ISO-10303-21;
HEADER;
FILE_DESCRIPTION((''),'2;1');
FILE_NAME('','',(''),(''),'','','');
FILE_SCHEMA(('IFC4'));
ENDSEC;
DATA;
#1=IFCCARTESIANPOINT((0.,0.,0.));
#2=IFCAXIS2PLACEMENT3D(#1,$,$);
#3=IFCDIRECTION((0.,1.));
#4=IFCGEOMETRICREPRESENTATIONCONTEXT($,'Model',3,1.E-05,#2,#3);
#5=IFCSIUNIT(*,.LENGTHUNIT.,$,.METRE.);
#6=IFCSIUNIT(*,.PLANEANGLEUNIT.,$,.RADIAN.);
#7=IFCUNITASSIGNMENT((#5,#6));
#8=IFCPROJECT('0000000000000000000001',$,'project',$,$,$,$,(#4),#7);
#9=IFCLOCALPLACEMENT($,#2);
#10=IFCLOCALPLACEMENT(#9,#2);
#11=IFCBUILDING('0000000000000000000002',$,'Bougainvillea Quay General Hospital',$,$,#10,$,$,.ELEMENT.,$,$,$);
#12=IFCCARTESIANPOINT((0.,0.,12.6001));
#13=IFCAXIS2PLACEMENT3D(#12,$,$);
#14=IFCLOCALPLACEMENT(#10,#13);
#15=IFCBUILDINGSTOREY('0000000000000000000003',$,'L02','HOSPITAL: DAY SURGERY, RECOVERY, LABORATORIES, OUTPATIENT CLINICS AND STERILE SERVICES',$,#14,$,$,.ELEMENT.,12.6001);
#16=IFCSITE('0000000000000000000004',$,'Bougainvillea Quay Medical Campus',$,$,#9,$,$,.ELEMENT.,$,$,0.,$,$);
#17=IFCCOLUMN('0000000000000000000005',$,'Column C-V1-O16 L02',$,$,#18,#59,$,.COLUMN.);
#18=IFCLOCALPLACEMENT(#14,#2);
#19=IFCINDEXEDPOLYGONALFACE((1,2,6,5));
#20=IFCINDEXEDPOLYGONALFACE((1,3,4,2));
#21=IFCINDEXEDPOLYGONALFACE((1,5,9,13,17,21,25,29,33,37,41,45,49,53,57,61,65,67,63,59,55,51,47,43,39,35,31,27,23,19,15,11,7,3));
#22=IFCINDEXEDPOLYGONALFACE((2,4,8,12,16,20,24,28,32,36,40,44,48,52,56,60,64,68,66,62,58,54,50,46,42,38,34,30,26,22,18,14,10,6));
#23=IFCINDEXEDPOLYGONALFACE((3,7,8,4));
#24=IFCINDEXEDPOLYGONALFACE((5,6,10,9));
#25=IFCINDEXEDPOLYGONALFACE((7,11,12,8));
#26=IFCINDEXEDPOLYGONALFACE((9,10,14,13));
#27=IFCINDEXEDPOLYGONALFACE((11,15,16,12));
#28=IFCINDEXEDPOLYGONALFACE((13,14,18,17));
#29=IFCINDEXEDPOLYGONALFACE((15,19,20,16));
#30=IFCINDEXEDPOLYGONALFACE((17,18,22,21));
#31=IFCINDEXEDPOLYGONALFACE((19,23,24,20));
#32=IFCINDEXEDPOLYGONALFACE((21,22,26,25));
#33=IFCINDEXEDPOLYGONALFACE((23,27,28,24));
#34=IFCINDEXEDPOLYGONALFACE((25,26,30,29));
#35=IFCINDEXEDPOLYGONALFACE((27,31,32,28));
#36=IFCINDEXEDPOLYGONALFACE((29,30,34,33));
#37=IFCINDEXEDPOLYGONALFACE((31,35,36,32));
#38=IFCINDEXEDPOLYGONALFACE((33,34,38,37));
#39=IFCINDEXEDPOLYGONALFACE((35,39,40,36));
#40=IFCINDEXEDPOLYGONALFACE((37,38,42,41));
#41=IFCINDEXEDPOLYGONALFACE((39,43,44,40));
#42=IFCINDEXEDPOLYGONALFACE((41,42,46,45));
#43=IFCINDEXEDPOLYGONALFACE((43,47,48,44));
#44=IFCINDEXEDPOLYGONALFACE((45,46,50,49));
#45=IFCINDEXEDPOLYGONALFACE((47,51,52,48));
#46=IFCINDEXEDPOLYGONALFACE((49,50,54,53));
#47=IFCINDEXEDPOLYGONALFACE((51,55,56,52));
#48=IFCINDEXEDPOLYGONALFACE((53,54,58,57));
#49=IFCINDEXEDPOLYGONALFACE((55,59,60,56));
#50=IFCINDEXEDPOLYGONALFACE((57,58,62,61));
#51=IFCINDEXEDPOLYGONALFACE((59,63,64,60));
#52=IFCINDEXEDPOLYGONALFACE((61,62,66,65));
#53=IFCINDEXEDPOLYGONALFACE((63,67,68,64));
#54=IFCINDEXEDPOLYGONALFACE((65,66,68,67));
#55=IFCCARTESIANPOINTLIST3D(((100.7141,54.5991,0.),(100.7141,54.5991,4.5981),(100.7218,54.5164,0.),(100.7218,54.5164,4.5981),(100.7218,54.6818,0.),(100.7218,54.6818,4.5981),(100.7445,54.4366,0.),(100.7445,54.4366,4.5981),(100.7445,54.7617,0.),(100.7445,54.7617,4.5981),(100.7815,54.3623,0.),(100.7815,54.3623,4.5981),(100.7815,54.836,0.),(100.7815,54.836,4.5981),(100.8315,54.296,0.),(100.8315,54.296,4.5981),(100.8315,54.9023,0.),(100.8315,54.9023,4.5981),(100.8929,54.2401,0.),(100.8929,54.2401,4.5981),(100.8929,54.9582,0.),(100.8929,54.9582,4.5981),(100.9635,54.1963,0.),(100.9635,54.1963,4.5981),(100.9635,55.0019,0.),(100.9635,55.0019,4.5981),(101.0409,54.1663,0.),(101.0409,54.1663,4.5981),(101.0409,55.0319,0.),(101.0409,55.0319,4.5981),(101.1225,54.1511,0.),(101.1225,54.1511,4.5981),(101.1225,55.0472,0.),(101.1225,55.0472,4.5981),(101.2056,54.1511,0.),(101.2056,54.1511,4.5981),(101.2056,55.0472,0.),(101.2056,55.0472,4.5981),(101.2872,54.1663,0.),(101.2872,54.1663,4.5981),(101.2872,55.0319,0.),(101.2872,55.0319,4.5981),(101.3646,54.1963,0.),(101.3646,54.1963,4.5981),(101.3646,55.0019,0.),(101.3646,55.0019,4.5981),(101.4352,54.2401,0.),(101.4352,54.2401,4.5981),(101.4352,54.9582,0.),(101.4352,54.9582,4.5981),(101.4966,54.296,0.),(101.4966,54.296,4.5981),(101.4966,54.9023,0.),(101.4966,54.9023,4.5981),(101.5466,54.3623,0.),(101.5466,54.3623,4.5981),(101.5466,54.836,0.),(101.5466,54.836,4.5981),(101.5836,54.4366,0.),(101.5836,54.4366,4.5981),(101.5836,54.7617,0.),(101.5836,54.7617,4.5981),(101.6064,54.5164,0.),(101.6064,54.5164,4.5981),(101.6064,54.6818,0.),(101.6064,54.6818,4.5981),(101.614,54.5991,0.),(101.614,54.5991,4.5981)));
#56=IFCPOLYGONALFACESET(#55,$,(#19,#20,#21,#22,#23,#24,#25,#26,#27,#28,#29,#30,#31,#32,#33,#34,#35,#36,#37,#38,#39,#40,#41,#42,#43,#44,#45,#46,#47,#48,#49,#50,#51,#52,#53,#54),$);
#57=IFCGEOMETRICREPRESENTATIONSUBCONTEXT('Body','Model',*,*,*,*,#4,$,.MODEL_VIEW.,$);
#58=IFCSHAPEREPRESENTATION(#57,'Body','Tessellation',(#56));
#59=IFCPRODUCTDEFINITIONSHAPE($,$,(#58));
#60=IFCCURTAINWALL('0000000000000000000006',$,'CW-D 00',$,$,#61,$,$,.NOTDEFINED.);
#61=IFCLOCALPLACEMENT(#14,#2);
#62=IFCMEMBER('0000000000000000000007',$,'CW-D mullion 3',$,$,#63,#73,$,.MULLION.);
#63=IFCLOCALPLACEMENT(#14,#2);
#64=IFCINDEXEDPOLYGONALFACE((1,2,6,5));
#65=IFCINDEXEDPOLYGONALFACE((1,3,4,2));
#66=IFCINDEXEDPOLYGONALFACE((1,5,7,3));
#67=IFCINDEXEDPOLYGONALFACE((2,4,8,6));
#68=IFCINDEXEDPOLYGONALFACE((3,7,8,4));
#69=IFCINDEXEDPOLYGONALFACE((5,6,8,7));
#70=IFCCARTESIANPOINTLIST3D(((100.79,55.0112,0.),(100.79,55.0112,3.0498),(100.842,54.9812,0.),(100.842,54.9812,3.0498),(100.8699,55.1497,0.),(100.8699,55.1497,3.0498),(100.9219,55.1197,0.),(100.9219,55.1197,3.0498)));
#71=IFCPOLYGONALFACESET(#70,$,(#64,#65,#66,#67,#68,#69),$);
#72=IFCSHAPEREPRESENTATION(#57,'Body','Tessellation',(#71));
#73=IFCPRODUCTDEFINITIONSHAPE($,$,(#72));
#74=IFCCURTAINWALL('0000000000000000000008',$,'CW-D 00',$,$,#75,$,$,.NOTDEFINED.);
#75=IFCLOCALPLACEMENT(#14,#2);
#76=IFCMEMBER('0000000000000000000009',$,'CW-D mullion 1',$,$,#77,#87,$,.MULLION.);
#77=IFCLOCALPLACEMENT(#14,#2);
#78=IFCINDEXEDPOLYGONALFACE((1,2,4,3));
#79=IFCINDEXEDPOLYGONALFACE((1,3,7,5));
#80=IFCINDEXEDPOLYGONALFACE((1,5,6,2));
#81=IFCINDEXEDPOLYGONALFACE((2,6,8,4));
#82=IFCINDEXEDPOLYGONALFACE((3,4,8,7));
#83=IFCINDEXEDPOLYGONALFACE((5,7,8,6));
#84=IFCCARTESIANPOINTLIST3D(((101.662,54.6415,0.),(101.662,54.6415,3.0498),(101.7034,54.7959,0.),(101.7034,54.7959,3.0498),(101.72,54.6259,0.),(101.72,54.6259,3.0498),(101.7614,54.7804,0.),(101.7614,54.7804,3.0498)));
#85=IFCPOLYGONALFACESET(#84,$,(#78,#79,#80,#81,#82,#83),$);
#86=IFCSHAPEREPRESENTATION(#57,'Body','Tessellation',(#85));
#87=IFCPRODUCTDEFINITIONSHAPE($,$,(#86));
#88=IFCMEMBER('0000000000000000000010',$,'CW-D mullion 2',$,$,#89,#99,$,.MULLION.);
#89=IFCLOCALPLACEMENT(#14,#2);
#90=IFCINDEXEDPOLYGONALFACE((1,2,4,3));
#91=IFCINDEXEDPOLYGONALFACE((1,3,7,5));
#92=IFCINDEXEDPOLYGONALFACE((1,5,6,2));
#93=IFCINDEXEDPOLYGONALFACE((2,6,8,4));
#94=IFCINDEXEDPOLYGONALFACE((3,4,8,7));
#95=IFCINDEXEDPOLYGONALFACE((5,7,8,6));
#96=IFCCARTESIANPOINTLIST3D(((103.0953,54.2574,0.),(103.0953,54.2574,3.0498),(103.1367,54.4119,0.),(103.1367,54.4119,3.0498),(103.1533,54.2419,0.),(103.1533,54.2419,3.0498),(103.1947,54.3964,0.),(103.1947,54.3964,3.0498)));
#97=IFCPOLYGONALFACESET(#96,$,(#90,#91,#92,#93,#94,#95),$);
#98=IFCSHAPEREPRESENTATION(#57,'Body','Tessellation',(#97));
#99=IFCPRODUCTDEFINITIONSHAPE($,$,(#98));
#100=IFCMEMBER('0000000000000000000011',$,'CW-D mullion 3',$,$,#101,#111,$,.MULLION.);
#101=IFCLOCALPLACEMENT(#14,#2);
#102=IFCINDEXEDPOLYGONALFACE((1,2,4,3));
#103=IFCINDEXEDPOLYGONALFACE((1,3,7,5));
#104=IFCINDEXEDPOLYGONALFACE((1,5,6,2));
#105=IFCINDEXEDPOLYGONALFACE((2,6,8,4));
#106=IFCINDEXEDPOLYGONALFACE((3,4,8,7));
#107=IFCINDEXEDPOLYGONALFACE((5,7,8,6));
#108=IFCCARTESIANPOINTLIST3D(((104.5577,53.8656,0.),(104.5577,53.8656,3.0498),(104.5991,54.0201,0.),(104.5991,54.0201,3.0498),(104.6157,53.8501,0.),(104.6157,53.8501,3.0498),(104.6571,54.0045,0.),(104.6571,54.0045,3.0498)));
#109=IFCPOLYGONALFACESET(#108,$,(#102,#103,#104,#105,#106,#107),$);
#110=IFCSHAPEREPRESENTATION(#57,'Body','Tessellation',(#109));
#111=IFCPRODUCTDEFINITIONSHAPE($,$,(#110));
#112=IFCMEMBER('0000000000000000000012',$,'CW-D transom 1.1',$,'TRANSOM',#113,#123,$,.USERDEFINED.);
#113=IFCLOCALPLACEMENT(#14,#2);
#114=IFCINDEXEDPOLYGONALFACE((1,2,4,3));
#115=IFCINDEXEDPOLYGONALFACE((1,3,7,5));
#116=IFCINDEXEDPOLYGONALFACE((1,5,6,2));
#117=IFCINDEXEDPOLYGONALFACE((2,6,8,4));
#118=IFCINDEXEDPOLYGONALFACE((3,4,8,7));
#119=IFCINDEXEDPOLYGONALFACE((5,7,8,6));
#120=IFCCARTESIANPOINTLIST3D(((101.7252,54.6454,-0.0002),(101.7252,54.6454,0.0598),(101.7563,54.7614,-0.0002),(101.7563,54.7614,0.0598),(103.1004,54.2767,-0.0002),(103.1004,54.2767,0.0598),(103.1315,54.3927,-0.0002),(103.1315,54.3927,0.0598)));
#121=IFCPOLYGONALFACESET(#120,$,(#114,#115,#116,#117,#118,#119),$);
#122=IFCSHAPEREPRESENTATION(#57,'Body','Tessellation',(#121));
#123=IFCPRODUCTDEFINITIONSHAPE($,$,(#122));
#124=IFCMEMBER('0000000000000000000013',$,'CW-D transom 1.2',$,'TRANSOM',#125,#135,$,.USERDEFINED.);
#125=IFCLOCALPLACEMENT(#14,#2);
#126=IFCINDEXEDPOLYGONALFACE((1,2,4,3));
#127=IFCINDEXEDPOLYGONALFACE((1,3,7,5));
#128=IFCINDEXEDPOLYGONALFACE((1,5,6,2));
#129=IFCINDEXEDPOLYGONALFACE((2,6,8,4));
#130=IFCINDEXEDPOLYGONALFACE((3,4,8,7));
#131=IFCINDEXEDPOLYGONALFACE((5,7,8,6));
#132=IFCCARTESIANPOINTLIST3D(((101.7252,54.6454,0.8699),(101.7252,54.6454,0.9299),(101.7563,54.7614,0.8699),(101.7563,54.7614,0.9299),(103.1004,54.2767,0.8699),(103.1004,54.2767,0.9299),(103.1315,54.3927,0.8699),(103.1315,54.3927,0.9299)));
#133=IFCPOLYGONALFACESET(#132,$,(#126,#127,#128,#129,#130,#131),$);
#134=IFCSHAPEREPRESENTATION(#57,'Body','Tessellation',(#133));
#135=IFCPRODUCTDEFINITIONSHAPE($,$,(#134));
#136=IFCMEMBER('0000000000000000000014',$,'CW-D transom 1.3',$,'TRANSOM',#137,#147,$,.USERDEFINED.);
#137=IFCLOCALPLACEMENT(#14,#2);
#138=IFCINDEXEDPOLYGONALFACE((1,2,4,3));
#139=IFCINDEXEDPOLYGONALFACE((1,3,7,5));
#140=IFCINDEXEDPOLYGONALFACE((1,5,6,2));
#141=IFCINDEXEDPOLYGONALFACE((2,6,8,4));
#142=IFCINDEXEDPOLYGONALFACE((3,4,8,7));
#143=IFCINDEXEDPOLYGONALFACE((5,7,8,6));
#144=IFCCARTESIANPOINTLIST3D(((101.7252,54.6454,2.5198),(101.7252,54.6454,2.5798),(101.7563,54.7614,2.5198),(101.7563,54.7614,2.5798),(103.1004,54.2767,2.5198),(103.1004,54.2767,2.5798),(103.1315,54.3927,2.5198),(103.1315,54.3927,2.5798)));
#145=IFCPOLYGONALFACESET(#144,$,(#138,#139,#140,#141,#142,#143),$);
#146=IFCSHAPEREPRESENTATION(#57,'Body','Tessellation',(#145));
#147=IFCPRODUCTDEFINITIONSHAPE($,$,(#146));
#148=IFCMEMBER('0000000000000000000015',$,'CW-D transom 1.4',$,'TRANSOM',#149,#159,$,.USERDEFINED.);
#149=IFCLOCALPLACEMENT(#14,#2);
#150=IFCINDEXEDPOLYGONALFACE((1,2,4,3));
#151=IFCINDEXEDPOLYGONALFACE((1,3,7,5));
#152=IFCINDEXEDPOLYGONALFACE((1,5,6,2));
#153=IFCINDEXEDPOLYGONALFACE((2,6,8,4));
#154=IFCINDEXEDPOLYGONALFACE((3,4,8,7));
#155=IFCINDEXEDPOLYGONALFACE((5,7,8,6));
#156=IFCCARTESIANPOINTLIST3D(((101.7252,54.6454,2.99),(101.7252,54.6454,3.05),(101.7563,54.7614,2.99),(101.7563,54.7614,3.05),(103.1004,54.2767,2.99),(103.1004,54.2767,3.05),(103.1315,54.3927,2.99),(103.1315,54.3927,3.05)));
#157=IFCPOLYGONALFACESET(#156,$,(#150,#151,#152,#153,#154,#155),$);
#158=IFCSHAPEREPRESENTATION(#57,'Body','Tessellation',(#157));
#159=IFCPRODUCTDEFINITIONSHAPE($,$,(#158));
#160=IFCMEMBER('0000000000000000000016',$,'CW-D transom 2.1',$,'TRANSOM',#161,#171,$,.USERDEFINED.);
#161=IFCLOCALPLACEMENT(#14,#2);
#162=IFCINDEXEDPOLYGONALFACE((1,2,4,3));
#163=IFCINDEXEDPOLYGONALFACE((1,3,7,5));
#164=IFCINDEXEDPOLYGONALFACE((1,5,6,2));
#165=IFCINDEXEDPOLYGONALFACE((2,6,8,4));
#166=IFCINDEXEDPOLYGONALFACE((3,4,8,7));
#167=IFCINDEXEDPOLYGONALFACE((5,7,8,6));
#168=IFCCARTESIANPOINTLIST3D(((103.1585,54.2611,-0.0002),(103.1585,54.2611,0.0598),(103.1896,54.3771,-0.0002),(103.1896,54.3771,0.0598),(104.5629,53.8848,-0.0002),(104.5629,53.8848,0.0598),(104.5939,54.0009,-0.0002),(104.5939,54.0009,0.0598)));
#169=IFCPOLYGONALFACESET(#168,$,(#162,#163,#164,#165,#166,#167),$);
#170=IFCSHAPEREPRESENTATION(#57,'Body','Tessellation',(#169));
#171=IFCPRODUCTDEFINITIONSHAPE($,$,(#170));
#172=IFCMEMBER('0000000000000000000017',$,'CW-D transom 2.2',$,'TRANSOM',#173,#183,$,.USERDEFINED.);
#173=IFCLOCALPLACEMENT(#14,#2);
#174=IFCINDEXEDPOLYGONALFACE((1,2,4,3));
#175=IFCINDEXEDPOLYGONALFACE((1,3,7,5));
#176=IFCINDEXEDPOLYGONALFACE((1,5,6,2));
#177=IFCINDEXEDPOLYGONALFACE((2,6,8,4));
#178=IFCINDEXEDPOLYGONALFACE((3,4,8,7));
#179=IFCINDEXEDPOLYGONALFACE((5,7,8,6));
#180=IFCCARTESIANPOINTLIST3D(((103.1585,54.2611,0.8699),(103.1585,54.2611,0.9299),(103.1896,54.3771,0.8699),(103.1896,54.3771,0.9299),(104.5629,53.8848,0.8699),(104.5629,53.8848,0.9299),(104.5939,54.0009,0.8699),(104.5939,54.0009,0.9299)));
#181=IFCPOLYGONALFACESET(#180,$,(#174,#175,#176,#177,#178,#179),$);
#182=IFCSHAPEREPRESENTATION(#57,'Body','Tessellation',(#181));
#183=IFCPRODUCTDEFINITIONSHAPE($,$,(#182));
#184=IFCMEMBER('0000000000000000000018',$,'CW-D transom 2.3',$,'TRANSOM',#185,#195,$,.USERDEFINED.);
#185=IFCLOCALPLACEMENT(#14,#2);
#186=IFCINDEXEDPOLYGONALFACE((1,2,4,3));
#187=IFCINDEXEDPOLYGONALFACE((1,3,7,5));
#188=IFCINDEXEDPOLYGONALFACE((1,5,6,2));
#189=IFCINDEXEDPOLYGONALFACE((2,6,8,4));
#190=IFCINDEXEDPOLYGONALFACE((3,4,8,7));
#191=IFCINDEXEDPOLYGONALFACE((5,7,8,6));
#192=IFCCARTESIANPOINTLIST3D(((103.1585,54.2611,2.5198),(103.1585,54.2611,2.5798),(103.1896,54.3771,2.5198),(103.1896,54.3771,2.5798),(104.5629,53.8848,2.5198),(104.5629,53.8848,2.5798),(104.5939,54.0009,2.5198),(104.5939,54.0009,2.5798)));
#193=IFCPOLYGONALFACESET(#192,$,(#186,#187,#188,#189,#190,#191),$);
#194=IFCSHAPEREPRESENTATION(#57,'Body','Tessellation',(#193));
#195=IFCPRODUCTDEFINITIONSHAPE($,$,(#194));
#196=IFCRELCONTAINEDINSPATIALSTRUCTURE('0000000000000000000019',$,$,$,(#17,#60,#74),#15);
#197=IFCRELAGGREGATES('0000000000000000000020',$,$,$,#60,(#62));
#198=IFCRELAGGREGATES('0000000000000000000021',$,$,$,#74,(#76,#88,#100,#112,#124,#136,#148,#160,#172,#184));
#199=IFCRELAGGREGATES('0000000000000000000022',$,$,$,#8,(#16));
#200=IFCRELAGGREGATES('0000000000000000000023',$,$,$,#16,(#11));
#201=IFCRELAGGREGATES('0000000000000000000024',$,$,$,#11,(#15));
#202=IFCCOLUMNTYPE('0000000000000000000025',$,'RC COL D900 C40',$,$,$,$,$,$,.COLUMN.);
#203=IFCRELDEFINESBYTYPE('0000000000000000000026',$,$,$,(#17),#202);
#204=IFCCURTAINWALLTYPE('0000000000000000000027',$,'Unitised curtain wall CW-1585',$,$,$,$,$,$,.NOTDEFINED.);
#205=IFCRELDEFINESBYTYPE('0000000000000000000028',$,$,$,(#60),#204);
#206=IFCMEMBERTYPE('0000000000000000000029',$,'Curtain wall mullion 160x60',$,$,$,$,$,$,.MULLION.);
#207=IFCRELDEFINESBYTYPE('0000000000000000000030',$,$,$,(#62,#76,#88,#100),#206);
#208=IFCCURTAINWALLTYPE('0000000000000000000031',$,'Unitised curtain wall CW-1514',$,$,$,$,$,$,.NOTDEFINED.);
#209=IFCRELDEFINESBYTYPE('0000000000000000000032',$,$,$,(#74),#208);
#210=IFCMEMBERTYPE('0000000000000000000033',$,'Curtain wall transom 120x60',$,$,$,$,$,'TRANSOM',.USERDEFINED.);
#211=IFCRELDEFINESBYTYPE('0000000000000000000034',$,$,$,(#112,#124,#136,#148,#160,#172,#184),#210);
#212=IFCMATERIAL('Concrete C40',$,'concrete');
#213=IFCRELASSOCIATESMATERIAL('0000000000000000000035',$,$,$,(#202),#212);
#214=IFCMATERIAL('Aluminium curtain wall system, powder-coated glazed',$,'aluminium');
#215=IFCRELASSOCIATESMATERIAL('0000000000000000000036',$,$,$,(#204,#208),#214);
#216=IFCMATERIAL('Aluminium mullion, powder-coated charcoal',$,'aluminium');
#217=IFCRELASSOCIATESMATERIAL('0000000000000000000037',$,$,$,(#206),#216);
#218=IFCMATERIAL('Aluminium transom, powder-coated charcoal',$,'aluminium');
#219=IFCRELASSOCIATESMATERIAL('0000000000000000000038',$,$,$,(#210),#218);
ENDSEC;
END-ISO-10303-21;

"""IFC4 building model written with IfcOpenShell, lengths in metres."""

from ifc_helpers import new_model, si_unit, direction, frame, origin, origin_2d, place, context, subcontext, project, spatial, rectangle, circle, extrude, material, material_profile, profile_set, type_object, element, aggregate, save


model = new_model("IFC4")

# Units and contexts
model_context = context("Model", 3, precision=1e-05, world=origin(), true_north=direction((0.0, 1.0)))
body_context = subcontext(model_context, "Body", "Model", "MODEL_VIEW")
ifc_project = project(units=[si_unit("LENGTHUNIT", "METRE"), si_unit("PLANEANGLEUNIT", "RADIAN")], contexts=[model_context])

# Site, building, storey
site_placement = place(None, origin())
site = spatial("IfcSite", under=ifc_project, at=site_placement, Name="Bougainvillea Quay Medical Campus", CompositionType="ELEMENT", RefElevation=0.0)
building_placement = place(site_placement, origin())
building = spatial("IfcBuilding", under=site, at=building_placement, Name="Bougainvillea Quay General Hospital", CompositionType="ELEMENT")
storey_placement = place(building_placement, frame((0.0, 0.0, 12.6001)))
storey = spatial("IfcBuildingStorey", under=building, at=storey_placement, Name="L02", Description="HOSPITAL: DAY SURGERY, RECOVERY, LABORATORIES, OUTPATIENT CLINICS AND STERILE SERVICES", CompositionType="ELEMENT", Elevation=12.6001)

# Column
ifc_material_1 = material(Name="Concrete C40", Category="concrete")
ifc_material_profile_1 = material_profile(ifc_material_1, circle(Radius=0.45, at=origin_2d()))
ifc_profile_set_1 = profile_set([ifc_material_profile_1], Name="Concrete C40")
column_type = type_object("IfcColumnType", Name="RC COL D900 C40", PredefinedType="COLUMN", material=ifc_profile_set_1)
column_placement = place(storey_placement, frame((101.1641, 54.5991, 0.0), z_axis=(0.0, 0.0, 1.0), x_axis=(1.0, 0.0, 0.0)))
element("IfcColumn", 1, at=column_placement, inside=storey, type_object=column_type, Name="Column C-V1-O16 L02", PredefinedType="COLUMN", context=body_context, shape_type="SweptSolid", body=[
    extrude(circle(Radius=0.45, at=origin_2d()), origin(), (0.0, 0.0, 1.0), 4.5981),
])

# Curtain wall, member
ifc_material_2 = material(Name="Aluminium curtain wall system, powder-coated glazed", Category="aluminium")
curtain_wall_type_1 = type_object("IfcCurtainWallType", Name="Unitised curtain wall CW-1585", PredefinedType="NOTDEFINED", material=ifc_material_2)
curtain_wall_1_placement = place(storey_placement, origin())
curtain_wall_1 = element("IfcCurtainWall", 2, at=curtain_wall_1_placement, inside=storey, type_object=curtain_wall_type_1, Name="CW-D 00", PredefinedType="NOTDEFINED")
ifc_material_3 = material(Name="Aluminium mullion, powder-coated charcoal", Category="aluminium")
ifc_material_profile_2 = material_profile(ifc_material_3, rectangle(XDim=0.1599, YDim=0.0601, at=origin_2d()))
ifc_profile_set_2 = profile_set([ifc_material_profile_2], Name="Aluminium mullion, powder-coated charcoal")
member_type_1 = type_object("IfcMemberType", Name="Curtain wall mullion 160x60", PredefinedType="MULLION", material=ifc_profile_set_2)
member_1_placement = place(storey_placement, frame((100.856, 55.0654, 0.0), z_axis=(0.0, 0.0, 1.0), x_axis=(0.499965, 0.866046, 0.0)))
member_1 = element("IfcMember", 3, at=member_1_placement, type_object=member_type_1, Name="CW-D mullion 3", PredefinedType="MULLION", context=body_context, shape_type="SweptSolid", body=[
    extrude(rectangle(XDim=0.1599, YDim=0.0601, at=origin_2d()), origin(), (0.0, 0.0, 1.0), 3.0498),
])

# Curtain wall, members
curtain_wall_type_2 = type_object("IfcCurtainWallType", Name="Unitised curtain wall CW-1514", PredefinedType="NOTDEFINED", material=ifc_material_2)
curtain_wall_2_placement = place(storey_placement, origin())
curtain_wall_2 = element("IfcCurtainWall", 4, at=curtain_wall_2_placement, inside=storey, type_object=curtain_wall_type_2, Name="CW-D 00", PredefinedType="NOTDEFINED")
member_2_placement = place(storey_placement, frame((101.7117, 54.7109, 0.0), z_axis=(0.0, 0.0, 1.0), x_axis=(0.258855, 0.965916, 0.0)))
member_2 = element("IfcMember", 5, at=member_2_placement, type_object=member_type_1, Name="CW-D mullion 1", PredefinedType="MULLION", context=body_context, shape_type="SweptSolid", body=[
    extrude(rectangle(XDim=0.1599, YDim=0.0601, at=origin_2d()), origin(), (0.0, 0.0, 1.0), 3.0498),
])
member_3_placement = place(storey_placement, frame((103.145, 54.3269, 0.0), z_axis=(0.0, 0.0, 1.0), x_axis=(0.258855, 0.965916, 0.0)))
member_3 = element("IfcMember", 6, at=member_3_placement, type_object=member_type_1, Name="CW-D mullion 2", PredefinedType="MULLION", context=body_context, shape_type="SweptSolid", body=[
    extrude(rectangle(XDim=0.1599, YDim=0.0601, at=origin_2d()), origin(), (0.0, 0.0, 1.0), 3.0498),
])
member_4_placement = place(storey_placement, frame((104.6074, 53.9351, 0.0), z_axis=(0.0, 0.0, 1.0), x_axis=(0.258855, 0.965916, 0.0)))
member_4 = element("IfcMember", 7, at=member_4_placement, type_object=member_type_1, Name="CW-D mullion 3", PredefinedType="MULLION", context=body_context, shape_type="SweptSolid", body=[
    extrude(rectangle(XDim=0.1599, YDim=0.0601, at=origin_2d()), origin(), (0.0, 0.0, 1.0), 3.0498),
])
ifc_material_4 = material(Name="Aluminium transom, powder-coated charcoal", Category="aluminium")
ifc_material_profile_3 = material_profile(ifc_material_4, rectangle(XDim=0.1201, YDim=0.0601, at=origin_2d()))
ifc_profile_set_3 = profile_set([ifc_material_profile_3], Name="Aluminium transom, powder-coated charcoal")
member_type_2 = type_object("IfcMemberType", Name="Curtain wall transom 120x60", ElementType="TRANSOM", PredefinedType="USERDEFINED", material=ifc_profile_set_3)
member_5_placement = place(storey_placement, frame((101.7407, 54.7034, 0.0298), z_axis=(0.965898, -0.258922, 0.0), x_axis=(0.258922, 0.965898, 0.0)))
member_5 = element("IfcMember", 8, at=member_5_placement, type_object=member_type_2, Name="CW-D transom 1.1", ObjectType="TRANSOM", PredefinedType="USERDEFINED", context=body_context, shape_type="SweptSolid", body=[
    extrude(rectangle(XDim=0.1201, YDim=0.0601, at=origin_2d()), origin(), (0.0, 0.0, 1.0), 1.4238),
])
member_6_placement = place(storey_placement, frame((101.7407, 54.7034, 0.8999), z_axis=(0.965898, -0.258922, 0.0), x_axis=(0.258922, 0.965898, 0.0)))
member_6 = element("IfcMember", 9, at=member_6_placement, type_object=member_type_2, Name="CW-D transom 1.2", ObjectType="TRANSOM", PredefinedType="USERDEFINED", context=body_context, shape_type="SweptSolid", body=[
    extrude(rectangle(XDim=0.1201, YDim=0.0601, at=origin_2d()), origin(), (0.0, 0.0, 1.0), 1.4238),
])
member_7_placement = place(storey_placement, frame((101.7407, 54.7034, 2.5498), z_axis=(0.965898, -0.258922, 0.0), x_axis=(0.258922, 0.965898, 0.0)))
member_7 = element("IfcMember", 10, at=member_7_placement, type_object=member_type_2, Name="CW-D transom 1.3", ObjectType="TRANSOM", PredefinedType="USERDEFINED", context=body_context, shape_type="SweptSolid", body=[
    extrude(rectangle(XDim=0.1201, YDim=0.0601, at=origin_2d()), origin(), (0.0, 0.0, 1.0), 1.4238),
])
member_8_placement = place(storey_placement, frame((101.7407, 54.7034, 3.02), z_axis=(0.965898, -0.258922, 0.0), x_axis=(0.258922, 0.965898, 0.0)))
member_8 = element("IfcMember", 11, at=member_8_placement, type_object=member_type_2, Name="CW-D transom 1.4", ObjectType="TRANSOM", PredefinedType="USERDEFINED", context=body_context, shape_type="SweptSolid", body=[
    extrude(rectangle(XDim=0.1201, YDim=0.0601, at=origin_2d()), origin(), (0.0, 0.0, 1.0), 1.4238),
])
member_9_placement = place(storey_placement, frame((103.1741, 54.3191, 0.0298), z_axis=(0.965936, -0.258781, 0.0), x_axis=(0.258781, 0.965936, 0.0)))
member_9 = element("IfcMember", 12, at=member_9_placement, type_object=member_type_2, Name="CW-D transom 2.1", ObjectType="TRANSOM", PredefinedType="USERDEFINED", context=body_context, shape_type="SweptSolid", body=[
    extrude(rectangle(XDim=0.1201, YDim=0.0601, at=origin_2d()), origin(), (0.0, 0.0, 1.0), 1.4539),
])
member_10_placement = place(storey_placement, frame((103.1741, 54.3191, 0.8999), z_axis=(0.965936, -0.258781, 0.0), x_axis=(0.258781, 0.965936, 0.0)))
member_10 = element("IfcMember", 13, at=member_10_placement, type_object=member_type_2, Name="CW-D transom 2.2", ObjectType="TRANSOM", PredefinedType="USERDEFINED", context=body_context, shape_type="SweptSolid", body=[
    extrude(rectangle(XDim=0.1201, YDim=0.0601, at=origin_2d()), origin(), (0.0, 0.0, 1.0), 1.4539),
])
member_11_placement = place(storey_placement, frame((103.1741, 54.3191, 2.5498), z_axis=(0.965936, -0.258781, 0.0), x_axis=(0.258781, 0.965936, 0.0)))
member_11 = element("IfcMember", 14, at=member_11_placement, type_object=member_type_2, Name="CW-D transom 2.3", ObjectType="TRANSOM", PredefinedType="USERDEFINED", context=body_context, shape_type="SweptSolid", body=[
    extrude(rectangle(XDim=0.1201, YDim=0.0601, at=origin_2d()), origin(), (0.0, 0.0, 1.0), 1.4539),
])

aggregate(curtain_wall_1, [member_1])
aggregate(curtain_wall_2, [member_2, member_3, member_4, member_5, member_6, member_7, member_8, member_9, member_10, member_11])

save(model, "model.ifc")
